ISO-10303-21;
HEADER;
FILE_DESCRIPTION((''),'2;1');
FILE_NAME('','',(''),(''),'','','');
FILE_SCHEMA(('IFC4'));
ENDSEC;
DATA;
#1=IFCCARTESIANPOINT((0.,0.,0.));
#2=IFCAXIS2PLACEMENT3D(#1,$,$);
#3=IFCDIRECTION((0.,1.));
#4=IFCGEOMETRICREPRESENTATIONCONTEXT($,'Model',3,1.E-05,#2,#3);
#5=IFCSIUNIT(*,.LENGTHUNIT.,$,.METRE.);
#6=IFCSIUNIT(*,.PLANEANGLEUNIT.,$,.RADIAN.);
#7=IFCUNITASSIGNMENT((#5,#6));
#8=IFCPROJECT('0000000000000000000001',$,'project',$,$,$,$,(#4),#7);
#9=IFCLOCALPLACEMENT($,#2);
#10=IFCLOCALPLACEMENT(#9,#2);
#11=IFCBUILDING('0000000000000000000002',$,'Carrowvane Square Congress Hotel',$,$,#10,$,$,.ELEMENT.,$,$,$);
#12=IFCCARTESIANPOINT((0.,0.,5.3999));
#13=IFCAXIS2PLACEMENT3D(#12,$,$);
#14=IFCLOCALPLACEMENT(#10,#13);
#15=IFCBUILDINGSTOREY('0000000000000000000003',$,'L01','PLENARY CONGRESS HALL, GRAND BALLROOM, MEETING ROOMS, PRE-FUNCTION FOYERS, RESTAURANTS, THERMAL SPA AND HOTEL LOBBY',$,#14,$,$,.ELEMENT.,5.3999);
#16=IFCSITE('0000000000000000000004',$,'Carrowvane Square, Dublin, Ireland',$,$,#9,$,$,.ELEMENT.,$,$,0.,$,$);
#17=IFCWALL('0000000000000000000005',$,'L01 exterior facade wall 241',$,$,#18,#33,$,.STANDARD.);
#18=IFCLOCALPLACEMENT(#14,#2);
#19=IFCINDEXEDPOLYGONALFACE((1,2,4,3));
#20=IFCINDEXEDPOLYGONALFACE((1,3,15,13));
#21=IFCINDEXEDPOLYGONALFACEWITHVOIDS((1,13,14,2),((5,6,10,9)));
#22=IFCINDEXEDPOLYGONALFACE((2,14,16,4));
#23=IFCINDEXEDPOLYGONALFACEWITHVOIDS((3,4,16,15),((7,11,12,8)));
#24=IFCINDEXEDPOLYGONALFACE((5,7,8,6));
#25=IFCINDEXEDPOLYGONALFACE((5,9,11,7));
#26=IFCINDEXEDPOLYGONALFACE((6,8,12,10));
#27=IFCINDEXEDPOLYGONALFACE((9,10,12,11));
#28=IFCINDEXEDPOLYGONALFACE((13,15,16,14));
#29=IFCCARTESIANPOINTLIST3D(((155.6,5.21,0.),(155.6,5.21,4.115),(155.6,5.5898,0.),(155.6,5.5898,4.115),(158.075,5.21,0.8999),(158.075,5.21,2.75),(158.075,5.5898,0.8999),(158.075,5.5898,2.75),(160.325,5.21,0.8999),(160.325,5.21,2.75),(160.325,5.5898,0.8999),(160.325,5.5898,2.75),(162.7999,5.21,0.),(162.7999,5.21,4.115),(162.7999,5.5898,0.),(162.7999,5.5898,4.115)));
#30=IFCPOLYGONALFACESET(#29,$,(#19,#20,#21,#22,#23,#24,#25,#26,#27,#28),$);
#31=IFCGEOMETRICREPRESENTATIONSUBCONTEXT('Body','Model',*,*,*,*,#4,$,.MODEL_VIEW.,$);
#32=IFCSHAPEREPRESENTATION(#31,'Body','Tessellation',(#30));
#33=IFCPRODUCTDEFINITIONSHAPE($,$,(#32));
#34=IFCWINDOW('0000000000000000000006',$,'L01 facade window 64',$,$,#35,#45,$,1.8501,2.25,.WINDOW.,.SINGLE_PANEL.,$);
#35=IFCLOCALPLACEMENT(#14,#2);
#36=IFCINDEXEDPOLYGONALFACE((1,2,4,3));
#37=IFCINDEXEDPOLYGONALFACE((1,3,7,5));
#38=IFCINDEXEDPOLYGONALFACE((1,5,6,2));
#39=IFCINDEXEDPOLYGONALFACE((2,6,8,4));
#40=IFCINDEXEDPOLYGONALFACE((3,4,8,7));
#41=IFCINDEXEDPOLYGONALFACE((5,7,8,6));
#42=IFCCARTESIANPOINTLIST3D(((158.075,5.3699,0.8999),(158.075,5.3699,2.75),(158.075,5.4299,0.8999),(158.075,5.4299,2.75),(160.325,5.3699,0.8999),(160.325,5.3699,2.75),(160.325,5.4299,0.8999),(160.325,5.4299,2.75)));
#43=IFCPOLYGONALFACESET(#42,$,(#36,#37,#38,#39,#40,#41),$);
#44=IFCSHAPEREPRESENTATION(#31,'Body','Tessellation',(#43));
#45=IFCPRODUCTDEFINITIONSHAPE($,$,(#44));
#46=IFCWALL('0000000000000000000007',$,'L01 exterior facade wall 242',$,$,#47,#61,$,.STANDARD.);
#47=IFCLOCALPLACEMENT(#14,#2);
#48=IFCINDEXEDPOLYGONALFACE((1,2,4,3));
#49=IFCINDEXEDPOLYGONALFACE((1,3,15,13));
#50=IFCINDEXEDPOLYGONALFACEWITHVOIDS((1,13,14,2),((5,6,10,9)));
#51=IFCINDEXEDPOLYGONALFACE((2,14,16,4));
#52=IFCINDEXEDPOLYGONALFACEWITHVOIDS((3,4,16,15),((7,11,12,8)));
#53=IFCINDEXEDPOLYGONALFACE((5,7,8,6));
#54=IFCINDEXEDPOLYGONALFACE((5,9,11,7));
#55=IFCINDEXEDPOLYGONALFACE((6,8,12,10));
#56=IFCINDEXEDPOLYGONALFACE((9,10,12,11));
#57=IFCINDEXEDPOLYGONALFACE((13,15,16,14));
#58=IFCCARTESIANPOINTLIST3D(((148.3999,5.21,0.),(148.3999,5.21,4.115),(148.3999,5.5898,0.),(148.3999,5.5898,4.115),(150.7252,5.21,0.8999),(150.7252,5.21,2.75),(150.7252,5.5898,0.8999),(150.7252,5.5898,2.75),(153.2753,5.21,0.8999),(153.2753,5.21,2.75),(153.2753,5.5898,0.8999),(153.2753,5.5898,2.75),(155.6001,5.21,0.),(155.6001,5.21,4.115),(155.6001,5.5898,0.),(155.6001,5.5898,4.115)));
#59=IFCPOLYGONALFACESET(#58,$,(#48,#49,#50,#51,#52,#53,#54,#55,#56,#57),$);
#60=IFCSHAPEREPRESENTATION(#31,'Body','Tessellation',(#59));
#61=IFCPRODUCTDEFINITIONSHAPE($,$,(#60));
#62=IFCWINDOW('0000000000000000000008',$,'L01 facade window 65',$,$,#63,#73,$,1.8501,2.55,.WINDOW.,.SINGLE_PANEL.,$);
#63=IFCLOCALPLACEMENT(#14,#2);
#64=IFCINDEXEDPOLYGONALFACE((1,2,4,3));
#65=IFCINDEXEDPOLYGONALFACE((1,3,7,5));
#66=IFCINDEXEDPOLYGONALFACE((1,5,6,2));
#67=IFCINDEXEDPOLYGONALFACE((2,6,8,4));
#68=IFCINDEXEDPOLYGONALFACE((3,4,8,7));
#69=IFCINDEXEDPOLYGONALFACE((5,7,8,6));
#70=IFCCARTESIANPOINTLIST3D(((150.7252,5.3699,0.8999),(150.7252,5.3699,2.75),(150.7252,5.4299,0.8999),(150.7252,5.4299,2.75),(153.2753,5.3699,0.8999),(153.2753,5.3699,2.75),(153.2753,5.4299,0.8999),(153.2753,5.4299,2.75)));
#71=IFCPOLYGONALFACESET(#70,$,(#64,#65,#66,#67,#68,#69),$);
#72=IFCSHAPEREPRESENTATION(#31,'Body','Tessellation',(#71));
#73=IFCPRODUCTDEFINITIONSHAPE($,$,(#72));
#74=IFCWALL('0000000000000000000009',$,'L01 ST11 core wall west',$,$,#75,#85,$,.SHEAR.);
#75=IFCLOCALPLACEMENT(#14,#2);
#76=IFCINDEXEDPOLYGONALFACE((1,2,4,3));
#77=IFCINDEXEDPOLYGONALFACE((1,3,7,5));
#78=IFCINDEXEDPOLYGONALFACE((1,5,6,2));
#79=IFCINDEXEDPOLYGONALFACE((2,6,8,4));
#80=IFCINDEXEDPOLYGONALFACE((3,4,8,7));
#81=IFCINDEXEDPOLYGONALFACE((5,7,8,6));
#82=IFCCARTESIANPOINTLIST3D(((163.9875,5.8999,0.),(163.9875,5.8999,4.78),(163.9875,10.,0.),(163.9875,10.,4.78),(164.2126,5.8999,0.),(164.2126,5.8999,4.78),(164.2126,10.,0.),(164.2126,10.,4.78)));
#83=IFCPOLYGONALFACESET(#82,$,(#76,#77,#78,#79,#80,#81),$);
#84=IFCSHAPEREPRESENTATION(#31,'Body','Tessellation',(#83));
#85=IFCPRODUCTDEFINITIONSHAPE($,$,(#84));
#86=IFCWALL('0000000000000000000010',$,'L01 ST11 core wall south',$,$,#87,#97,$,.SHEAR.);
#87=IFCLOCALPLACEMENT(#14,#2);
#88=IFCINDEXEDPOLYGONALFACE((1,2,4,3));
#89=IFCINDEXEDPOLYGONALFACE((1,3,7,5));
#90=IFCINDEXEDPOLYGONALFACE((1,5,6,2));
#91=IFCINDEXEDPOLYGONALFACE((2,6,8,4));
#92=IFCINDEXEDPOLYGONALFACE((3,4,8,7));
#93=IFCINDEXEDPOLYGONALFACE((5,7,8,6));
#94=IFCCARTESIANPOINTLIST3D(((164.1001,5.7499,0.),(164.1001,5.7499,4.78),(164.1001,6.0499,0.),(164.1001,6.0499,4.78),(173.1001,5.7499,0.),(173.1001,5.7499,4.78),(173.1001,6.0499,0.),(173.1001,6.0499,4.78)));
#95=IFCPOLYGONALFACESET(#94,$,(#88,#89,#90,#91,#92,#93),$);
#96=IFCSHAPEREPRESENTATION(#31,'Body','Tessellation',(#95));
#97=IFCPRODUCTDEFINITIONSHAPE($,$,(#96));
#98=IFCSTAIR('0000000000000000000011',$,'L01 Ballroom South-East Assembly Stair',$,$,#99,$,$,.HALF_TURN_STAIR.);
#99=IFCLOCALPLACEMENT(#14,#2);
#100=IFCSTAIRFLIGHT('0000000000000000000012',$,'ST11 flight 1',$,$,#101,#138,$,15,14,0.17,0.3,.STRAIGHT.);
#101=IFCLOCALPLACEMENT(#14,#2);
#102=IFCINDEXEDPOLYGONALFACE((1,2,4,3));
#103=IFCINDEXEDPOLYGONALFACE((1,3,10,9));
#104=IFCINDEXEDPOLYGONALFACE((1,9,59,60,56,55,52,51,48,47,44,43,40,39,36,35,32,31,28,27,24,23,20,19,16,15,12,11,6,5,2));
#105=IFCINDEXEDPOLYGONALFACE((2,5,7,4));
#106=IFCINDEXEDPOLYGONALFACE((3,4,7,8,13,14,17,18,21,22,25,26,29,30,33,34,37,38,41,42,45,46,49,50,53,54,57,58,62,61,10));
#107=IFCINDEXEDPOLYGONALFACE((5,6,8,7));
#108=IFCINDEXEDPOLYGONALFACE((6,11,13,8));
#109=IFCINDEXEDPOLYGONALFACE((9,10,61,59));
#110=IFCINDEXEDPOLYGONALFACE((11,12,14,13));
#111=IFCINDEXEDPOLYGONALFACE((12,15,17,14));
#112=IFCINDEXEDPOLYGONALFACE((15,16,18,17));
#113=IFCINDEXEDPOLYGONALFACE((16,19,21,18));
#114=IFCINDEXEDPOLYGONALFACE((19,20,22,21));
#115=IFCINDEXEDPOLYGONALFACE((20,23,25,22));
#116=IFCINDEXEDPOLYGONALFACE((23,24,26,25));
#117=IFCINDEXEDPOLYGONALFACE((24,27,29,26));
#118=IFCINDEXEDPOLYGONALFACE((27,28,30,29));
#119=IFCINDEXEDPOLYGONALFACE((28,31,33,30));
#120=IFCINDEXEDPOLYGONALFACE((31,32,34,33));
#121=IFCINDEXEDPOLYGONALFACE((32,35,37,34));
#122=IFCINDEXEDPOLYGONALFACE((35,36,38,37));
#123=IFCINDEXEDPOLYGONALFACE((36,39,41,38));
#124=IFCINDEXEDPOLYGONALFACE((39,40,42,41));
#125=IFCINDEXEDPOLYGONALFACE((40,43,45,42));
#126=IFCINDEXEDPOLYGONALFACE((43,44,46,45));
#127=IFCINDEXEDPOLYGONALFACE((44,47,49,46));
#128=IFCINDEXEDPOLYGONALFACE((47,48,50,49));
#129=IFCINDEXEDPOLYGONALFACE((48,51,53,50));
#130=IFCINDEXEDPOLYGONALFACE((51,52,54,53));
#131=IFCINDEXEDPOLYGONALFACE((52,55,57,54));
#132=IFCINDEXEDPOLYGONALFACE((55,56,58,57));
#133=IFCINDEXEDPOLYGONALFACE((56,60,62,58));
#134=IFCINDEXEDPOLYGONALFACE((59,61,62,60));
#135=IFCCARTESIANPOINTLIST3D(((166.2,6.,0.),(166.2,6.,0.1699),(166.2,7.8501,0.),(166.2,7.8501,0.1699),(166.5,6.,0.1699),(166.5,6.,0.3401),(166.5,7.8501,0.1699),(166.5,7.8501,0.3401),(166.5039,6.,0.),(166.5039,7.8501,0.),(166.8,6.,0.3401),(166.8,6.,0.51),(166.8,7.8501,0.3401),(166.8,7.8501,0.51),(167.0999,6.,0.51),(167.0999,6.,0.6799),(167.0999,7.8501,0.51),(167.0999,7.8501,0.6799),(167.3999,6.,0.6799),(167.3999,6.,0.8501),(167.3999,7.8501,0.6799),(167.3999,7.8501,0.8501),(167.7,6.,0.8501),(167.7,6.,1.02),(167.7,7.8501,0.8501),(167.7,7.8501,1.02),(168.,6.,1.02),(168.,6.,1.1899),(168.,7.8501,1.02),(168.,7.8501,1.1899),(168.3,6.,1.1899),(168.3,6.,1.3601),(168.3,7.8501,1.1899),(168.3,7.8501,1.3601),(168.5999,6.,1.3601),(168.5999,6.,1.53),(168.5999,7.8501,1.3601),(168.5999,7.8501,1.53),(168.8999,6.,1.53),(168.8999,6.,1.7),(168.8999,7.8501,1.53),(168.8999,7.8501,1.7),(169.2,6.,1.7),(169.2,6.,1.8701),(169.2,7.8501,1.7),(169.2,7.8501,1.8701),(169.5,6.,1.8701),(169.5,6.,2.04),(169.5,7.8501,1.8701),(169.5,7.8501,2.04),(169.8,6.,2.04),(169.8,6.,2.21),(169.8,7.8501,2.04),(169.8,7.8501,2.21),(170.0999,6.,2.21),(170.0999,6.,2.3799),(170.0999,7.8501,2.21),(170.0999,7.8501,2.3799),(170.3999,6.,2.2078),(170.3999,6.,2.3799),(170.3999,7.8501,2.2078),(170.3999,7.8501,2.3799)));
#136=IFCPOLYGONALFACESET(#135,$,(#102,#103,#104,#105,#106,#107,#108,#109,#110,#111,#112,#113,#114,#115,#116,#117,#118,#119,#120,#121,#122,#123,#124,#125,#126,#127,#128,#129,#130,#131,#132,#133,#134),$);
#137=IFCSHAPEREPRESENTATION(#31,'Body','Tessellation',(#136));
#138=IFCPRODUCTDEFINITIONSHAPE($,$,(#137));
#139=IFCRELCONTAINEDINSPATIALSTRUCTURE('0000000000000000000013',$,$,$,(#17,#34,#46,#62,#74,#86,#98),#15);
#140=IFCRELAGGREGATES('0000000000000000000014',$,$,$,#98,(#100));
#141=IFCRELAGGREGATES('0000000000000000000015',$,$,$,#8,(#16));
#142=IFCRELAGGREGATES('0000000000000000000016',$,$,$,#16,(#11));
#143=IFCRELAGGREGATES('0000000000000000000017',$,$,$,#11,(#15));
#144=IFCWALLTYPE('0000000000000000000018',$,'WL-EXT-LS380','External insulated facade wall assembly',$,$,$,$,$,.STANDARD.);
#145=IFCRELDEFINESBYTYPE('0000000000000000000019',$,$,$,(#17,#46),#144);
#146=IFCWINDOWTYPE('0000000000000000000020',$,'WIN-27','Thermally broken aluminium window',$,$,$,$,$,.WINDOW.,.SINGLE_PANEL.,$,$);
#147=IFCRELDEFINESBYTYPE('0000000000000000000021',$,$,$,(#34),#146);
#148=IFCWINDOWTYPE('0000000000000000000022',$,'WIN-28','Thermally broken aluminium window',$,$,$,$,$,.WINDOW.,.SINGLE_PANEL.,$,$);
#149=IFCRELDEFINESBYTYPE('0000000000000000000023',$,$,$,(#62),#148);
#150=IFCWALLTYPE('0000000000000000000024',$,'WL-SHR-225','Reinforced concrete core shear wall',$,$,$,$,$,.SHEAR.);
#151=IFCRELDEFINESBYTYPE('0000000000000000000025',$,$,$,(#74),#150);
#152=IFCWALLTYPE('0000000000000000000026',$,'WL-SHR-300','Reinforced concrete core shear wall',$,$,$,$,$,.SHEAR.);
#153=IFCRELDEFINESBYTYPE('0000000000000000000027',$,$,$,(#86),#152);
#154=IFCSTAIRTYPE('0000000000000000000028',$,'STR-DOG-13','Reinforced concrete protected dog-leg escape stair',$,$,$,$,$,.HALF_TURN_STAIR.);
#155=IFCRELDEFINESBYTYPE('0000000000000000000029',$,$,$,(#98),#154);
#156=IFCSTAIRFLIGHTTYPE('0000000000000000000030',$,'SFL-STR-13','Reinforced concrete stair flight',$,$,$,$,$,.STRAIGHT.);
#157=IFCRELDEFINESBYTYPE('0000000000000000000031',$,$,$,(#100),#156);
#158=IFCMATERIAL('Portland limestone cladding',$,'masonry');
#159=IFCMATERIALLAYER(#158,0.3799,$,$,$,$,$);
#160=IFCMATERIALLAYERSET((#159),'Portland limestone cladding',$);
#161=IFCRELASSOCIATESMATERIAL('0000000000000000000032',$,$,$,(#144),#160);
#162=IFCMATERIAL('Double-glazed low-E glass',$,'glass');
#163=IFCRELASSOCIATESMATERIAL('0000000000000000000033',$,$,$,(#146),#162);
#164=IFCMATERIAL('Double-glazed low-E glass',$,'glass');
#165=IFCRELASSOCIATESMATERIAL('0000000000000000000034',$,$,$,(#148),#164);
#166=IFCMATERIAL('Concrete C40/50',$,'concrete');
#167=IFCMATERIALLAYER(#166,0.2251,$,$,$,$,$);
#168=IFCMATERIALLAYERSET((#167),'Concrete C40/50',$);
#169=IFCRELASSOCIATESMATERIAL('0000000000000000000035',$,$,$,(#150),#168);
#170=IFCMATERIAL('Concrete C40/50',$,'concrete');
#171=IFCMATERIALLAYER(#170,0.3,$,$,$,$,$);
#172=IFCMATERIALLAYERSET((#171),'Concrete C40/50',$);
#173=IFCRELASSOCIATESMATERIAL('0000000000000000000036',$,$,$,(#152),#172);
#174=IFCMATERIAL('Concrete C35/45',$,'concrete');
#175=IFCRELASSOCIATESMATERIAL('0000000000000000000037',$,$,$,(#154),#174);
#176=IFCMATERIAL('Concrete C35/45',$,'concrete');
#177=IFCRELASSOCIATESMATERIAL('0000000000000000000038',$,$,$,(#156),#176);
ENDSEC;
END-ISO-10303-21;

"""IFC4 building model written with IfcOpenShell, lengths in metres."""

from ifc_helpers import new_model, si_unit, direction, frame, frame_2d, origin, place, context, subcontext, project, spatial, polyline, rectangle, outline, extrude, material, layer, layer_set, type_object, element, fill, aggregate, save


model = new_model("IFC4")

# Units and contexts
model_context = context("Model", 3, precision=1e-05, world=origin(), true_north=direction((0.0, 1.0)))
body_context = subcontext(model_context, "Body", "Model", "MODEL_VIEW")
ifc_project = project(units=[si_unit("LENGTHUNIT", "METRE"), si_unit("PLANEANGLEUNIT", "RADIAN")], contexts=[model_context])

# Site, building, storey
site_placement = place(None, origin())
site = spatial("IfcSite", under=ifc_project, at=site_placement, Name="Carrowvane Square, Dublin, Ireland", CompositionType="ELEMENT", RefElevation=0.0)
building_placement = place(site_placement, origin())
building = spatial("IfcBuilding", under=site, at=building_placement, Name="Carrowvane Square Congress Hotel", CompositionType="ELEMENT")
storey_placement = place(building_placement, frame((0.0, 0.0, 5.3999)))
storey = spatial("IfcBuildingStorey", under=building, at=storey_placement, Name="L01", Description="PLENARY CONGRESS HALL, GRAND BALLROOM, MEETING ROOMS, PRE-FUNCTION FOYERS, RESTAURANTS, THERMAL SPA AND HOTEL LOBBY", CompositionType="ELEMENT", Elevation=5.3999)

# Walls, openings, windows
ifc_material_1 = material(Name="Portland limestone cladding", Category="masonry")
ifc_layer_1 = layer(ifc_material_1, 0.3799)
ifc_layer_set_1 = layer_set([ifc_layer_1], Name="Portland limestone cladding")
wall_type_1 = type_object("IfcWallType", Name="WL-EXT-LS380", Description="External insulated facade wall assembly", PredefinedType="STANDARD", material=ifc_layer_set_1)
wall_1_placement = place(storey_placement, frame((162.8, 5.3999, 0.0), z_axis=(0.0, 0.0, 1.0), x_axis=(-1.0, 0.0, 0.0)))
wall_1 = element("IfcWall", 1, at=wall_1_placement, inside=storey, type_object=wall_type_1, Name="L01 exterior facade wall 241", PredefinedType="STANDARD", context=body_context, shape_type="SweptSolid", body=[
    extrude(rectangle(XDim=7.2, YDim=0.3799, at=frame_2d((3.6001, 0.0))), origin(), (0.0, 0.0, 1.0), 4.115),
])
opening_1_placement = place(wall_1_placement, frame((2.4751, 0.0, 0.8999)))
opening_1 = element("IfcOpeningElement", 2, at=opening_1_placement, cuts=wall_1, PredefinedType="OPENING", context=body_context, shape_type="SweptSolid", body=[
    extrude(rectangle(XDim=2.25, YDim=1.8501, at=frame_2d((1.125, 0.925))), frame((0.0, 0.2, 0.0), z_axis=(0.0, -1.0, 0.0), x_axis=(1.0, 0.0, 0.0)), (0.0, 0.0, 1.0), 0.3999),
])
ifc_material_2 = material(Name="Double-glazed low-E glass", Category="glass")
window_type_1 = type_object("IfcWindowType", Name="WIN-27", Description="Thermally broken aluminium window", PartitioningType="SINGLE_PANEL", PredefinedType="WINDOW", material=ifc_material_2)
window_1_placement = place(opening_1_placement, origin())
window_1 = element("IfcWindow", 3, at=window_1_placement, inside=storey, type_object=window_type_1, Name="L01 facade window 64", OverallHeight=1.8501, OverallWidth=2.25, PartitioningType="SINGLE_PANEL", PredefinedType="WINDOW", context=body_context, shape_type="SweptSolid", body=[
    extrude(rectangle(XDim=2.25, YDim=1.8501, at=frame_2d((1.125, 0.925))), frame((0.0, 0.03, 0.0), z_axis=(0.0, -1.0, 0.0), x_axis=(1.0, 0.0, 0.0)), (0.0, 0.0, 1.0), 0.0601),
])
fill(opening_1, window_1)
wall_2_placement = place(storey_placement, frame((155.6001, 5.3999, 0.0), z_axis=(0.0, 0.0, 1.0), x_axis=(-1.0, 0.0, 0.0)))
wall_2 = element("IfcWall", 4, at=wall_2_placement, inside=storey, type_object=wall_type_1, Name="L01 exterior facade wall 242", PredefinedType="STANDARD", context=body_context, shape_type="SweptSolid", body=[
    extrude(rectangle(XDim=7.2002, YDim=0.3799, at=frame_2d((3.6001, 0.0))), origin(), (0.0, 0.0, 1.0), 4.115),
])
opening_2_placement = place(wall_2_placement, frame((2.325, 0.0, 0.8999)))
opening_2 = element("IfcOpeningElement", 5, at=opening_2_placement, cuts=wall_2, PredefinedType="OPENING", context=body_context, shape_type="SweptSolid", body=[
    extrude(rectangle(XDim=2.55, YDim=1.8501, at=frame_2d((1.2749, 0.925))), frame((0.0, 0.2, 0.0), z_axis=(0.0, -1.0, 0.0), x_axis=(1.0, 0.0, 0.0)), (0.0, 0.0, 1.0), 0.3999),
])
ifc_material_3 = material(Name="Double-glazed low-E glass", Category="glass")
window_type_2 = type_object("IfcWindowType", Name="WIN-28", Description="Thermally broken aluminium window", PartitioningType="SINGLE_PANEL", PredefinedType="WINDOW", material=ifc_material_3)
window_2_placement = place(opening_2_placement, origin())
window_2 = element("IfcWindow", 6, at=window_2_placement, inside=storey, type_object=window_type_2, Name="L01 facade window 65", OverallHeight=1.8501, OverallWidth=2.55, PartitioningType="SINGLE_PANEL", PredefinedType="WINDOW", context=body_context, shape_type="SweptSolid", body=[
    extrude(rectangle(XDim=2.55, YDim=1.8501, at=frame_2d((1.2749, 0.925))), frame((0.0, 0.03, 0.0), z_axis=(0.0, -1.0, 0.0), x_axis=(1.0, 0.0, 0.0)), (0.0, 0.0, 1.0), 0.0601),
])
fill(opening_2, window_2)

# Walls
ifc_material_4 = material(Name="Concrete C40/50", Category="concrete")
ifc_layer_2 = layer(ifc_material_4, 0.2251)
ifc_layer_set_2 = layer_set([ifc_layer_2], Name="Concrete C40/50")
wall_type_2 = type_object("IfcWallType", Name="WL-SHR-225", Description="Reinforced concrete core shear wall", PredefinedType="SHEAR", material=ifc_layer_set_2)
wall_3_placement = place(storey_placement, frame((164.1001, 10.0, 0.0), z_axis=(0.0, 0.0, 1.0), x_axis=(0.0, -1.0, 0.0)))
element("IfcWall", 7, at=wall_3_placement, inside=storey, type_object=wall_type_2, Name="L01 ST11 core wall west", PredefinedType="SHEAR", context=body_context, shape_type="SweptSolid", body=[
    extrude(rectangle(XDim=4.1001, YDim=0.2251, at=frame_2d((2.05, 0.0))), origin(), (0.0, 0.0, 1.0), 4.78),
])
ifc_material_5 = material(Name="Concrete C40/50", Category="concrete")
ifc_layer_3 = layer(ifc_material_5, 0.3)
ifc_layer_set_3 = layer_set([ifc_layer_3], Name="Concrete C40/50")
wall_type_3 = type_object("IfcWallType", Name="WL-SHR-300", Description="Reinforced concrete core shear wall", PredefinedType="SHEAR", material=ifc_layer_set_3)
wall_4_placement = place(storey_placement, frame((164.1001, 5.8999, 0.0), z_axis=(0.0, 0.0, 1.0), x_axis=(1.0, 0.0, 0.0)))
element("IfcWall", 8, at=wall_4_placement, inside=storey, type_object=wall_type_3, Name="L01 ST11 core wall south", PredefinedType="SHEAR", context=body_context, shape_type="SweptSolid", body=[
    extrude(rectangle(XDim=9.0, YDim=0.3, at=frame_2d((4.5, 0.0))), origin(), (0.0, 0.0, 1.0), 4.78),
])

# Stair, stair flight
ifc_material_6 = material(Name="Concrete C35/45", Category="concrete")
stair_type = type_object("IfcStairType", Name="STR-DOG-13", Description="Reinforced concrete protected dog-leg escape stair", PredefinedType="HALF_TURN_STAIR", material=ifc_material_6)
stair_placement = place(storey_placement, origin())
stair = element("IfcStair", 9, at=stair_placement, inside=storey, type_object=stair_type, Name="L01 Ballroom South-East Assembly Stair", PredefinedType="HALF_TURN_STAIR")
ifc_material_7 = material(Name="Concrete C35/45", Category="concrete")
stair_flight_type = type_object("IfcStairFlightType", Name="SFL-STR-13", Description="Reinforced concrete stair flight", PredefinedType="STRAIGHT", material=ifc_material_7)
stair_flight_placement = place(storey_placement, frame((166.2, 6.925, 0.0), z_axis=(0.0, 0.0, 1.0), x_axis=(1.0, 0.0, 0.0)))
stair_flight = element("IfcStairFlight", 10, at=stair_flight_placement, type_object=stair_flight_type, Name="ST11 flight 1", NumberOfRisers=15, NumberOfTreads=14, PredefinedType="STRAIGHT", RiserHeight=0.17, TreadLength=0.3, context=body_context, shape_type="SweptSolid", body=[
    extrude(outline(polyline([(0.0, 0.0), (0.0, 0.1699), (0.3, 0.1699), (0.3, 0.3401), (0.6001, 0.3401), (0.6001, 0.51), (0.8999, 0.51), (0.8999, 0.6799), (1.2, 0.6799), (1.2, 0.8501), (1.5, 0.8501), (1.5, 1.02), (1.8, 1.02), (1.8, 1.1899), (2.1001, 1.1899), (2.1001, 1.3601), (2.3999, 1.3601), (2.3999, 1.53), (2.7, 1.53), (2.7, 1.7), (3.0, 1.7), (3.0, 1.8701), (3.3, 1.8701), (3.3, 2.04), (3.6001, 2.04), (3.6001, 2.21), (3.8999, 2.21), (3.8999, 2.3799), (4.2, 2.3799), (4.2, 2.55), (4.2, 2.2078), (0.304, 0.0), (0.0, 0.0)])), frame((0.0, 0.925, 0.0), z_axis=(0.0, -1.0, 0.0), x_axis=(1.0, 0.0, 0.0)), (0.0, 0.0, 1.0), 1.8501),
])
aggregate(stair, [stair_flight])

save(model, "model.ifc")
